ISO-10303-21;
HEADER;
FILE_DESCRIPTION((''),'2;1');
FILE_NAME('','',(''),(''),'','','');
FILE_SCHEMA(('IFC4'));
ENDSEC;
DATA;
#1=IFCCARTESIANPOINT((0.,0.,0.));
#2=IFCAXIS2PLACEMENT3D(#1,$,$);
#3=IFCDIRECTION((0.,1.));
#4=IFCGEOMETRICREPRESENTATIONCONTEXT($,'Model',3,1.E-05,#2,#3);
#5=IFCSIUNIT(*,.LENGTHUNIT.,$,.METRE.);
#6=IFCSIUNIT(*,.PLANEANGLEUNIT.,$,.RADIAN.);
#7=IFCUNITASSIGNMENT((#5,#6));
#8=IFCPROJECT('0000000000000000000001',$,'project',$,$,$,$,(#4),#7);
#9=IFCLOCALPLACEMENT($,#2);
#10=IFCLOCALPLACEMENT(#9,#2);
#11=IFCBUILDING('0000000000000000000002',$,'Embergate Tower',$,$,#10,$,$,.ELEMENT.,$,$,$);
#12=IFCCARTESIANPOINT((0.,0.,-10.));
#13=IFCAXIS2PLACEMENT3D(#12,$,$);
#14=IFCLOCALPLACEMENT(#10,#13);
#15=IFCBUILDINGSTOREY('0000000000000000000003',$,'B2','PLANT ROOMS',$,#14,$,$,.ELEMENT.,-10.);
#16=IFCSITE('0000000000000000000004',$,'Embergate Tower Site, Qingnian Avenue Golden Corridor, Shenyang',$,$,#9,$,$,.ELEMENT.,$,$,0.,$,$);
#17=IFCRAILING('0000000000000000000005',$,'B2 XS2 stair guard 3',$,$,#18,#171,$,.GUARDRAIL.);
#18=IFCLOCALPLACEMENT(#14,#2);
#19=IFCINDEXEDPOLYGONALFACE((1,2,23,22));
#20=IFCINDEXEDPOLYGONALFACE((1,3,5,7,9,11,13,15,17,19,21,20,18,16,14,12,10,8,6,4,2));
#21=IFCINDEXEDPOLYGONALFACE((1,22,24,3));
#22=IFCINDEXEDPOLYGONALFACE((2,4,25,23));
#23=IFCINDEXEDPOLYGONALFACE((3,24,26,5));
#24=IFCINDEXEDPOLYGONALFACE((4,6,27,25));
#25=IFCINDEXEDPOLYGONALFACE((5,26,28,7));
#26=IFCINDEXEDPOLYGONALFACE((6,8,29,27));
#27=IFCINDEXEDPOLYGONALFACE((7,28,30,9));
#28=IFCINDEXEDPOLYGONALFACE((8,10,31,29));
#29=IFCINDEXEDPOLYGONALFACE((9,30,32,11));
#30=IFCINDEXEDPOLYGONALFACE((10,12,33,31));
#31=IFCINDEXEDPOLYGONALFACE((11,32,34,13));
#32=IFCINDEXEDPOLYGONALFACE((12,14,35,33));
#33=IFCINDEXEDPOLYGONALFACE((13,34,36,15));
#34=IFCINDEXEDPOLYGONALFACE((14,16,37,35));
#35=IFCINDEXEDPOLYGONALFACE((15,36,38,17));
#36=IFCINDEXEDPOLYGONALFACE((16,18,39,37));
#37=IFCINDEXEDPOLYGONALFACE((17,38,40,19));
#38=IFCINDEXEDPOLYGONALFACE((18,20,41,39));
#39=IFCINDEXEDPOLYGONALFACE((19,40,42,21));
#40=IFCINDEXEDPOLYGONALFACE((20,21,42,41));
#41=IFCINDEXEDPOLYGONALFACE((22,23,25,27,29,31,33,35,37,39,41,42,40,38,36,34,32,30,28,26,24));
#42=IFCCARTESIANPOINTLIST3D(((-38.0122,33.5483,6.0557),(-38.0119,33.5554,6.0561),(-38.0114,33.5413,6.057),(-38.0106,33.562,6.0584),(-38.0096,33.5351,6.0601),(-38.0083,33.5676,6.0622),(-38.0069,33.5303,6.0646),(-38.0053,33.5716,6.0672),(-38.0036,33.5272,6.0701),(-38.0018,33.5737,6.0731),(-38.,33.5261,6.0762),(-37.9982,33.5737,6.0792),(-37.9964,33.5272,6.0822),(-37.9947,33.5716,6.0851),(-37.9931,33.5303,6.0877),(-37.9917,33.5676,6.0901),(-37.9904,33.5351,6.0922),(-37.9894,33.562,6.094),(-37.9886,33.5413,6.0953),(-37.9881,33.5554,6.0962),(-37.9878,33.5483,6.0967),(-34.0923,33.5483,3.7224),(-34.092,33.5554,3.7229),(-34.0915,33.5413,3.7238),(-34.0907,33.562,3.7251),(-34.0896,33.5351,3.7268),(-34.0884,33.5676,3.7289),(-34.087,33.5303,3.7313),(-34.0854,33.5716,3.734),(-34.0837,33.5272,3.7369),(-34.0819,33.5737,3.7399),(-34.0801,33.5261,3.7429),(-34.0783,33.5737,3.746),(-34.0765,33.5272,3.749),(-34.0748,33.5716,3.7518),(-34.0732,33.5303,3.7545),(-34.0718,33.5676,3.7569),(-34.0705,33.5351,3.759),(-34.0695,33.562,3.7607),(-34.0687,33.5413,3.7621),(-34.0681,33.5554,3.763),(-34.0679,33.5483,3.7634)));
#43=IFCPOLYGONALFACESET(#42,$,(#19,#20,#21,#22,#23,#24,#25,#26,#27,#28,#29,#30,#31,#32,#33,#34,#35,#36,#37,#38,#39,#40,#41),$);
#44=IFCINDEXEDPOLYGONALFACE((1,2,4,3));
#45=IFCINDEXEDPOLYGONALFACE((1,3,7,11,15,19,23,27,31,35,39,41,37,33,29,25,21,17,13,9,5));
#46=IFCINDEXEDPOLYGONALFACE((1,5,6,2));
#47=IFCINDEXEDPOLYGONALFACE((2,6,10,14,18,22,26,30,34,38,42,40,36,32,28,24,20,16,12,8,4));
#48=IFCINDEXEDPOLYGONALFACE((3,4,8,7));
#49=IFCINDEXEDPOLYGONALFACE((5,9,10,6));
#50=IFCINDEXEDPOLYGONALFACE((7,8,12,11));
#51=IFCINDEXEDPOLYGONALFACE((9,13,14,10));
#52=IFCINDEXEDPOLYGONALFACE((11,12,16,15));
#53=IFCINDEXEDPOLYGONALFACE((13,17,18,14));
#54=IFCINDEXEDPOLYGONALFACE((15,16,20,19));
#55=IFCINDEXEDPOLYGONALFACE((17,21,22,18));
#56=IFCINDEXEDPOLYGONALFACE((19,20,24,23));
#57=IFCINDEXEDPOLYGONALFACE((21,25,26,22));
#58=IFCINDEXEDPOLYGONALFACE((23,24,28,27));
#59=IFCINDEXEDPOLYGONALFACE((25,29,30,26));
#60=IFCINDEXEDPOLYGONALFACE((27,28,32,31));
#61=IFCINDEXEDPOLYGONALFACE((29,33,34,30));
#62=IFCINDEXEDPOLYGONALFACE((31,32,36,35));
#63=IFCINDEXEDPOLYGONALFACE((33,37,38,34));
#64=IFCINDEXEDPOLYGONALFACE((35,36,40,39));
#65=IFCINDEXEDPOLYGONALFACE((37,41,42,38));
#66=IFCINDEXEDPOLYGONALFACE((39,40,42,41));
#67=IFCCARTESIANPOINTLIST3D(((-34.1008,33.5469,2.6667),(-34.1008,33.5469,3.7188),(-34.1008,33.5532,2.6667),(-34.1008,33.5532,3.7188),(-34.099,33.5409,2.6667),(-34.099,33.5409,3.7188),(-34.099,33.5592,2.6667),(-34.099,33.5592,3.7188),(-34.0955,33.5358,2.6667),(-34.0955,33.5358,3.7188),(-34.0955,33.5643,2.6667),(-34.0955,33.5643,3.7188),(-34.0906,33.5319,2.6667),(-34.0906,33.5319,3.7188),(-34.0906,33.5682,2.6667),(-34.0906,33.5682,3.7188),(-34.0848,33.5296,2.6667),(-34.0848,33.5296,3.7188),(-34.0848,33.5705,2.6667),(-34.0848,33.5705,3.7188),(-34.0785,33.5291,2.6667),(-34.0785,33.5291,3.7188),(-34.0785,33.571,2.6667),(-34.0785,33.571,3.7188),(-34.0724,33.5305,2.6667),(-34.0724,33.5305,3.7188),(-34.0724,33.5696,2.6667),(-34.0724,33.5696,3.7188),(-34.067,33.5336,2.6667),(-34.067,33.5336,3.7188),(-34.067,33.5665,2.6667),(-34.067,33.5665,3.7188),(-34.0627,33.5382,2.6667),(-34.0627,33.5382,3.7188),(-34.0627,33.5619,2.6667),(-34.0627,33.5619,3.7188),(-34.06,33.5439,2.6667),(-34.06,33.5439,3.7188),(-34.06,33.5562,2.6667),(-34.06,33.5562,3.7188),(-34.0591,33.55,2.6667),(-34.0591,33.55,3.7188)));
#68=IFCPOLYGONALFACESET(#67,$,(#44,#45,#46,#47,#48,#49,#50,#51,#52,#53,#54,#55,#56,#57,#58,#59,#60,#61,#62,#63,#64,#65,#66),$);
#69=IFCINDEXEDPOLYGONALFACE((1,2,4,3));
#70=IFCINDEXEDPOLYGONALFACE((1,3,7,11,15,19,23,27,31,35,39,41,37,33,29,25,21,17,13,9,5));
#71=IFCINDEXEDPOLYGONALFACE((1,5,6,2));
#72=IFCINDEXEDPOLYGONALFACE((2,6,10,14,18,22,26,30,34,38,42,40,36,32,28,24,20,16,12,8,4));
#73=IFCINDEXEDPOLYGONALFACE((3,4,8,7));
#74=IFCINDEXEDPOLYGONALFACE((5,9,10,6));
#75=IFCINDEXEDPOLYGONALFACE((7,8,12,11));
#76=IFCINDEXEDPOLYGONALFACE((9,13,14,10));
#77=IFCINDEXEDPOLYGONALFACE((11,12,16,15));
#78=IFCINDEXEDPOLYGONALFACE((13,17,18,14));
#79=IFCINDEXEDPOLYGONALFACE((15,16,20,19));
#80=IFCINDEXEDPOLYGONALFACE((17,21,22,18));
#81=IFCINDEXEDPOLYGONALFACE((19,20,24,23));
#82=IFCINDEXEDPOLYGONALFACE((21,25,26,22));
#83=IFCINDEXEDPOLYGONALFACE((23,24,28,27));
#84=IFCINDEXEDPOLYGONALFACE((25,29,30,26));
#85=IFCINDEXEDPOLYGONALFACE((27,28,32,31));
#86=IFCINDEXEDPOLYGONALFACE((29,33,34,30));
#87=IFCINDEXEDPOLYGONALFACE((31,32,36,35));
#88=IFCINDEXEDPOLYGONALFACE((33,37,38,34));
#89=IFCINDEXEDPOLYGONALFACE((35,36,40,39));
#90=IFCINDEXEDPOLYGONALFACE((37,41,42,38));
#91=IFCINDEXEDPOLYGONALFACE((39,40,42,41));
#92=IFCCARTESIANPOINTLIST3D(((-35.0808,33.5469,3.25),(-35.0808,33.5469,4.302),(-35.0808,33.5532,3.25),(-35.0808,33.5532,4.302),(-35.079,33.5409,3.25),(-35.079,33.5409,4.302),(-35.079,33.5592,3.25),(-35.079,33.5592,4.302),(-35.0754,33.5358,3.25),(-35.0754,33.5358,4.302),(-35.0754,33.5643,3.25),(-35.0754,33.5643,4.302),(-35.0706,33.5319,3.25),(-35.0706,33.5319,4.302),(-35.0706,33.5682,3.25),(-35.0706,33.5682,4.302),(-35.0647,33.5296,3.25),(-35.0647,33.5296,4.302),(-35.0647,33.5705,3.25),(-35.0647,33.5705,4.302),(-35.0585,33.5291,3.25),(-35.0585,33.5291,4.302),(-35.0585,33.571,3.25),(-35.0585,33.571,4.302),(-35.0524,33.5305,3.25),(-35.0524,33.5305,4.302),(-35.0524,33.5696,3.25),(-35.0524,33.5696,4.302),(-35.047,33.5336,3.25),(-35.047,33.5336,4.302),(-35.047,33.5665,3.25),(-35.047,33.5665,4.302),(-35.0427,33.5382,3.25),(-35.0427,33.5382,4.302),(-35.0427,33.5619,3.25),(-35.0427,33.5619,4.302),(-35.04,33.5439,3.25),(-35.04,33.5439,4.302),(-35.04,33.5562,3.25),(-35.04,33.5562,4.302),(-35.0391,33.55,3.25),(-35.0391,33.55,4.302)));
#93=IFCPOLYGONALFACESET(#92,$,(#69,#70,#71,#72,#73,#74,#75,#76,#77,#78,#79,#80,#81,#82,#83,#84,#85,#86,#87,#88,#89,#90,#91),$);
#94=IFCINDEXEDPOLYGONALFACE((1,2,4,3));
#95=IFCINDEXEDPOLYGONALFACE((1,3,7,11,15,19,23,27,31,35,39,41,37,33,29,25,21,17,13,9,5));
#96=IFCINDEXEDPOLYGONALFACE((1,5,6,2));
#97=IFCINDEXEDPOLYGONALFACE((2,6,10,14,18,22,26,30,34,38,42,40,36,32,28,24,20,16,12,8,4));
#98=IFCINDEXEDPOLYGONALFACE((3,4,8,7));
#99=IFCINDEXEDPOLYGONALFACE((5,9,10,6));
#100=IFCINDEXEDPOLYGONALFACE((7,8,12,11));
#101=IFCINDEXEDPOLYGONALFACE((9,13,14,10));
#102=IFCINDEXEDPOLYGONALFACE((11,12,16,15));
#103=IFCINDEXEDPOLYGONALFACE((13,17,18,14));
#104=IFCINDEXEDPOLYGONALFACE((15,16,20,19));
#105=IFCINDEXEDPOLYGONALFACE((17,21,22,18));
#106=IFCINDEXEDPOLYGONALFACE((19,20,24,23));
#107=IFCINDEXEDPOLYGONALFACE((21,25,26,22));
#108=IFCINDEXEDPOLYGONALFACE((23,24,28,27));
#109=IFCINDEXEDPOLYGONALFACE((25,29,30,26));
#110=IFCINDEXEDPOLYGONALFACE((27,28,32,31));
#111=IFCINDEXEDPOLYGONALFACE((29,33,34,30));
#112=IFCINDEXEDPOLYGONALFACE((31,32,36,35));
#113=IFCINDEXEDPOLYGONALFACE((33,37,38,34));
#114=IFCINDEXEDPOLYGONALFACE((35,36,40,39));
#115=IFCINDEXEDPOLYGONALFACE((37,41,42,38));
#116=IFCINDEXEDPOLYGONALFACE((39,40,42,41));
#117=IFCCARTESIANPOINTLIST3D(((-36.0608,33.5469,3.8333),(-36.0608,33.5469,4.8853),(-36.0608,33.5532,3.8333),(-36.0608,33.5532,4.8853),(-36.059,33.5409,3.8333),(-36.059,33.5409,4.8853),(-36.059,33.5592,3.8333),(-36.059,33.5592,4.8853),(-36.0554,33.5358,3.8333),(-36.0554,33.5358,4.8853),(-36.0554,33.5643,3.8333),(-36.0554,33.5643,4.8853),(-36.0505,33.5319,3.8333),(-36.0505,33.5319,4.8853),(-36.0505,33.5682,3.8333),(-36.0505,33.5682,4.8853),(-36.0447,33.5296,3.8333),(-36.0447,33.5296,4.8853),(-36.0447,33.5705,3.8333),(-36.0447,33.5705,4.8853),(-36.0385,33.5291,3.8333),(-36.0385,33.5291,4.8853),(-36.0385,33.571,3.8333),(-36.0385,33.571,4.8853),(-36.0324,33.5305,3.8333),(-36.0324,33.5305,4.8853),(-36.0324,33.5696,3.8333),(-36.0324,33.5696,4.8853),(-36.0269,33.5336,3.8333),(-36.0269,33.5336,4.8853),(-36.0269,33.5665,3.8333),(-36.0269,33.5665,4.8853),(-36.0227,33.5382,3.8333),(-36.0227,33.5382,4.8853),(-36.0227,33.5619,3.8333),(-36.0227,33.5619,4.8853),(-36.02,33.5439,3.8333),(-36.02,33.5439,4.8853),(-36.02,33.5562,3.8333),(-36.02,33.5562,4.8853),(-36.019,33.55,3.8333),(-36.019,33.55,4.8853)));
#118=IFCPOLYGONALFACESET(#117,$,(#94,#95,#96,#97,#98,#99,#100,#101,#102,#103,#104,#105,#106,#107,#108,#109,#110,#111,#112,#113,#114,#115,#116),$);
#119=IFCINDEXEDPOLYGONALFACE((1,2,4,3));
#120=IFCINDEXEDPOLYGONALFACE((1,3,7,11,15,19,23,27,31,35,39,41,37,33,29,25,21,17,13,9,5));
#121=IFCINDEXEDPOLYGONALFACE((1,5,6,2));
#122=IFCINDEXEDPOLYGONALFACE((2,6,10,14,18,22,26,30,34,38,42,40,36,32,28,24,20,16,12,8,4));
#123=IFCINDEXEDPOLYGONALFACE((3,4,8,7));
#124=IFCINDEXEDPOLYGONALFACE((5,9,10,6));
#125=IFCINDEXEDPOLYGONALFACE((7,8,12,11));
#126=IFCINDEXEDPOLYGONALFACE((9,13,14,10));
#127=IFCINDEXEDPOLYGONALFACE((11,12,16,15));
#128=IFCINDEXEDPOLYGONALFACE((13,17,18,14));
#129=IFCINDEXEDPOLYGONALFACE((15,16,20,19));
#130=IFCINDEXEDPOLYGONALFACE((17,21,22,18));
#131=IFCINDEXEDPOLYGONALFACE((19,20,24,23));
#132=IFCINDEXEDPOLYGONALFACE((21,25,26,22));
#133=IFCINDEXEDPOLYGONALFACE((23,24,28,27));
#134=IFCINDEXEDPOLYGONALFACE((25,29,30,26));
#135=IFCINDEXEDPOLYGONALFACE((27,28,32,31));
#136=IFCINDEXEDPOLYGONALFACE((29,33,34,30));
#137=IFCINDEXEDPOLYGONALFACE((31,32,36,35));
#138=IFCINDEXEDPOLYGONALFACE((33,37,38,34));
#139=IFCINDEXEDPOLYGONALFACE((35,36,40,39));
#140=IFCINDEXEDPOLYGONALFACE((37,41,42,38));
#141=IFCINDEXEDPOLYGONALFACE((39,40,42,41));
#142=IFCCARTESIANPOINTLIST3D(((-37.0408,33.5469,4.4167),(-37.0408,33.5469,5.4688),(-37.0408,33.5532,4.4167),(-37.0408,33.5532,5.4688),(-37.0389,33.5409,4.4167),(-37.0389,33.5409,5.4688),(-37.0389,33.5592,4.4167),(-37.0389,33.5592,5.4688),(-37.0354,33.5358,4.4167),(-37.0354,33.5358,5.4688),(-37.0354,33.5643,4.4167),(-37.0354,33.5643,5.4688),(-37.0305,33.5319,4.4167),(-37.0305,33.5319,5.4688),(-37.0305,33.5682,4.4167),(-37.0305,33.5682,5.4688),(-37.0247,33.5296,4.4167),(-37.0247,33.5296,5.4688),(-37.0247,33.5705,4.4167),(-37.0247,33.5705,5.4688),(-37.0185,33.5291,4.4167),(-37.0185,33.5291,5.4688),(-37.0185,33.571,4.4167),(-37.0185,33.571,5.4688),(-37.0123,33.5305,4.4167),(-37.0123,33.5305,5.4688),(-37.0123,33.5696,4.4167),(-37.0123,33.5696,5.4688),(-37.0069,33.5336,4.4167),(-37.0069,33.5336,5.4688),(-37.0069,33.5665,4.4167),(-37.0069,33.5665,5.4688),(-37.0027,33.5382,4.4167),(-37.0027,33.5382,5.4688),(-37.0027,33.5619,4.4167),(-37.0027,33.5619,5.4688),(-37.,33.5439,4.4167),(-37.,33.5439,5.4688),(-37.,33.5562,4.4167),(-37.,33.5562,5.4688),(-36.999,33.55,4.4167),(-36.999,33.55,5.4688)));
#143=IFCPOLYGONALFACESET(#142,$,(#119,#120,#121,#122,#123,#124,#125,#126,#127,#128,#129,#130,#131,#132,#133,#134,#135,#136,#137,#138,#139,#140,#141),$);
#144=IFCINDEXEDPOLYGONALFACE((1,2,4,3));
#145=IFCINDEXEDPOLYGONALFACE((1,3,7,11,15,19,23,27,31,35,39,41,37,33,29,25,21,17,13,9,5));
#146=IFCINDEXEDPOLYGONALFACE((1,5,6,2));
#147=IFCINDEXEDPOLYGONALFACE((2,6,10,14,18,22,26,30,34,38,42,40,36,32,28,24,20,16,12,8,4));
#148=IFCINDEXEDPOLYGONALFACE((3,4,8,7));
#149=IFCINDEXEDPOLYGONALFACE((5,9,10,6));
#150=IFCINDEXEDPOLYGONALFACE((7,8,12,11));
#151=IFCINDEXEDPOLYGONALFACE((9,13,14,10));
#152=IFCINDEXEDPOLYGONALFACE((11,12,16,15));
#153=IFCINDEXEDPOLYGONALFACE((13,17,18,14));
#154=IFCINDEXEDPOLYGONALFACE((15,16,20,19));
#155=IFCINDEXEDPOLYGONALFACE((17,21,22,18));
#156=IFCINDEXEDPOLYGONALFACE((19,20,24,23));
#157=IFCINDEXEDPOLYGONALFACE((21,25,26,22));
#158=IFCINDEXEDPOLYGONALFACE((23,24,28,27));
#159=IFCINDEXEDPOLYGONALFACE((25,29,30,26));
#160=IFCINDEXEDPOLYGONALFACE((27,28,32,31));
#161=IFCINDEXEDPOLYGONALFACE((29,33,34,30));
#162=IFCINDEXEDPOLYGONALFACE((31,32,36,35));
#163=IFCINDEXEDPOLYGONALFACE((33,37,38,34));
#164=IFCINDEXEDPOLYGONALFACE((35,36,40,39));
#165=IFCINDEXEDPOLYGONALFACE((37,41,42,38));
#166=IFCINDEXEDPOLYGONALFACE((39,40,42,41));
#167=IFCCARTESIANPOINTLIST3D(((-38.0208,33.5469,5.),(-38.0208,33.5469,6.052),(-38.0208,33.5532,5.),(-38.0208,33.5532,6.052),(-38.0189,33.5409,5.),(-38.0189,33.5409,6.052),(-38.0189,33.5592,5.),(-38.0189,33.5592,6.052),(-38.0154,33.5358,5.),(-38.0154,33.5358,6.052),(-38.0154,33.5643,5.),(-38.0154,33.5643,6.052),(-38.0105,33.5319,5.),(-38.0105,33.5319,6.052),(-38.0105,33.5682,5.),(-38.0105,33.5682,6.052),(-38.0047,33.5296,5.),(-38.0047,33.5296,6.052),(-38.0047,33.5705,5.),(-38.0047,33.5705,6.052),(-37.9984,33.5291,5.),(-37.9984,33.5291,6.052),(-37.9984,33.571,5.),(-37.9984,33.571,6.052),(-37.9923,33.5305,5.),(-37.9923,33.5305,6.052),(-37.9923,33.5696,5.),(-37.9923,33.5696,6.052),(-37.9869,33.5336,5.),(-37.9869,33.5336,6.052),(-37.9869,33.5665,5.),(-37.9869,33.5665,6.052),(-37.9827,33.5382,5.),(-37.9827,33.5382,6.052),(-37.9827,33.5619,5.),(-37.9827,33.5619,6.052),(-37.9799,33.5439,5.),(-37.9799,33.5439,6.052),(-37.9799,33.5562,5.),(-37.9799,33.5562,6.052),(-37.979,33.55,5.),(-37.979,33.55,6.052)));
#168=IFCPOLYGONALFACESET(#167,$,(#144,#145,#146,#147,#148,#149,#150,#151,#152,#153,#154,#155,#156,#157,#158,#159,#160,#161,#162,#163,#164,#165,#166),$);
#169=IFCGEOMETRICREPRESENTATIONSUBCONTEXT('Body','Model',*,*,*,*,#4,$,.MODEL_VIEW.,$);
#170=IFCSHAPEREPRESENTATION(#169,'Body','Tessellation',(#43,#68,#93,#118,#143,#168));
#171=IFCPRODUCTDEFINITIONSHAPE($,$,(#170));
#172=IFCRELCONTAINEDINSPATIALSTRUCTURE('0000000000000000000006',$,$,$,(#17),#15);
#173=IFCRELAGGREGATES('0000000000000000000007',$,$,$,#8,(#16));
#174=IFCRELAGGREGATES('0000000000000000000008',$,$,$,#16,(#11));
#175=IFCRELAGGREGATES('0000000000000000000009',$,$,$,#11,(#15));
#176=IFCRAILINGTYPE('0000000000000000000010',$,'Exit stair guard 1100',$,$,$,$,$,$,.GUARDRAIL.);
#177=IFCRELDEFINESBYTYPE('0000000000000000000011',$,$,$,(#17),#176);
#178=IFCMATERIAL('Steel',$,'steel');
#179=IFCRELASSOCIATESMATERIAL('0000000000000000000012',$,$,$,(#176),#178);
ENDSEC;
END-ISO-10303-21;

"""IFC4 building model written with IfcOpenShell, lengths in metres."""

from ifc_helpers import new_model, si_unit, direction, frame, origin, origin_2d, place, context, subcontext, project, spatial, circle, extrude, source, transform, mapped, material, type_object, element, save


model = new_model("IFC4")

# Units and contexts
model_context = context("Model", 3, precision=1e-05, world=origin(), true_north=direction((0.0, 1.0)))
body_context = subcontext(model_context, "Body", "Model", "MODEL_VIEW")
ifc_project = project(units=[si_unit("LENGTHUNIT", "METRE"), si_unit("PLANEANGLEUNIT", "RADIAN")], contexts=[model_context])

# Site, building, storey
site_placement = place(None, origin())
site = spatial("IfcSite", under=ifc_project, at=site_placement, Name="Embergate Tower Site, Qingnian Avenue Golden Corridor, Shenyang", CompositionType="ELEMENT", RefElevation=0.0)
building_placement = place(site_placement, origin())
building = spatial("IfcBuilding", under=site, at=building_placement, Name="Embergate Tower", CompositionType="ELEMENT")
storey_placement = place(building_placement, frame((0.0, 0.0, -10.0)))
storey = spatial("IfcBuildingStorey", under=building, at=storey_placement, Name="B2", Description="PLANT ROOMS", CompositionType="ELEMENT", Elevation=-10.0)

# Railing
ifc_material_1 = material(Name="Steel", Category="steel")
railing_type_1 = type_object("IfcRailingType", Name="Exit stair guard 1100", PredefinedType="GUARDRAIL", material=ifc_material_1)
shared_shape_1 = source(origin(), body_context, "Body", "SweptSolid", [
    extrude(circle(Radius=0.0239, at=origin_2d()), frame((0.0, 0.0, 1.0762), z_axis=(-0.859296, 0.0, 0.511478), x_axis=(0.0, -1.0, 0.0)), (0.0, 0.0, 1.0), 4.5618),
    extrude(circle(Radius=0.021, at=origin_2d()), origin(), (0.0, 0.0, 1.0), 1.052),
    extrude(circle(Radius=0.021, at=origin_2d()), frame((-0.98, 0.0, 0.5833)), (0.0, 0.0, 1.0), 1.052),
    extrude(circle(Radius=0.021, at=origin_2d()), frame((-1.96, 0.0, 1.1665)), (0.0, 0.0, 1.0), 1.052),
    extrude(circle(Radius=0.021, at=origin_2d()), frame((-2.9399, 0.0, 1.75)), (0.0, 0.0, 1.0), 1.052),
    extrude(circle(Radius=0.021, at=origin_2d()), frame((-3.9199, 0.0, 2.3333)), (0.0, 0.0, 1.0), 1.052),
])
railing_1_placement = place(storey_placement, frame((-34.0801, 33.55, 2.6667)))
element("IfcRailing", 1, at=railing_1_placement, inside=storey, type_object=railing_type_1, Name="B2 XS2 stair guard 3", PredefinedType="GUARDRAIL", context=body_context, shape_type="MappedRepresentation", body=[
    mapped(shared_shape_1, transform((0.0, 0.0, 0.0))),
])

save(model, "model.ifc")
